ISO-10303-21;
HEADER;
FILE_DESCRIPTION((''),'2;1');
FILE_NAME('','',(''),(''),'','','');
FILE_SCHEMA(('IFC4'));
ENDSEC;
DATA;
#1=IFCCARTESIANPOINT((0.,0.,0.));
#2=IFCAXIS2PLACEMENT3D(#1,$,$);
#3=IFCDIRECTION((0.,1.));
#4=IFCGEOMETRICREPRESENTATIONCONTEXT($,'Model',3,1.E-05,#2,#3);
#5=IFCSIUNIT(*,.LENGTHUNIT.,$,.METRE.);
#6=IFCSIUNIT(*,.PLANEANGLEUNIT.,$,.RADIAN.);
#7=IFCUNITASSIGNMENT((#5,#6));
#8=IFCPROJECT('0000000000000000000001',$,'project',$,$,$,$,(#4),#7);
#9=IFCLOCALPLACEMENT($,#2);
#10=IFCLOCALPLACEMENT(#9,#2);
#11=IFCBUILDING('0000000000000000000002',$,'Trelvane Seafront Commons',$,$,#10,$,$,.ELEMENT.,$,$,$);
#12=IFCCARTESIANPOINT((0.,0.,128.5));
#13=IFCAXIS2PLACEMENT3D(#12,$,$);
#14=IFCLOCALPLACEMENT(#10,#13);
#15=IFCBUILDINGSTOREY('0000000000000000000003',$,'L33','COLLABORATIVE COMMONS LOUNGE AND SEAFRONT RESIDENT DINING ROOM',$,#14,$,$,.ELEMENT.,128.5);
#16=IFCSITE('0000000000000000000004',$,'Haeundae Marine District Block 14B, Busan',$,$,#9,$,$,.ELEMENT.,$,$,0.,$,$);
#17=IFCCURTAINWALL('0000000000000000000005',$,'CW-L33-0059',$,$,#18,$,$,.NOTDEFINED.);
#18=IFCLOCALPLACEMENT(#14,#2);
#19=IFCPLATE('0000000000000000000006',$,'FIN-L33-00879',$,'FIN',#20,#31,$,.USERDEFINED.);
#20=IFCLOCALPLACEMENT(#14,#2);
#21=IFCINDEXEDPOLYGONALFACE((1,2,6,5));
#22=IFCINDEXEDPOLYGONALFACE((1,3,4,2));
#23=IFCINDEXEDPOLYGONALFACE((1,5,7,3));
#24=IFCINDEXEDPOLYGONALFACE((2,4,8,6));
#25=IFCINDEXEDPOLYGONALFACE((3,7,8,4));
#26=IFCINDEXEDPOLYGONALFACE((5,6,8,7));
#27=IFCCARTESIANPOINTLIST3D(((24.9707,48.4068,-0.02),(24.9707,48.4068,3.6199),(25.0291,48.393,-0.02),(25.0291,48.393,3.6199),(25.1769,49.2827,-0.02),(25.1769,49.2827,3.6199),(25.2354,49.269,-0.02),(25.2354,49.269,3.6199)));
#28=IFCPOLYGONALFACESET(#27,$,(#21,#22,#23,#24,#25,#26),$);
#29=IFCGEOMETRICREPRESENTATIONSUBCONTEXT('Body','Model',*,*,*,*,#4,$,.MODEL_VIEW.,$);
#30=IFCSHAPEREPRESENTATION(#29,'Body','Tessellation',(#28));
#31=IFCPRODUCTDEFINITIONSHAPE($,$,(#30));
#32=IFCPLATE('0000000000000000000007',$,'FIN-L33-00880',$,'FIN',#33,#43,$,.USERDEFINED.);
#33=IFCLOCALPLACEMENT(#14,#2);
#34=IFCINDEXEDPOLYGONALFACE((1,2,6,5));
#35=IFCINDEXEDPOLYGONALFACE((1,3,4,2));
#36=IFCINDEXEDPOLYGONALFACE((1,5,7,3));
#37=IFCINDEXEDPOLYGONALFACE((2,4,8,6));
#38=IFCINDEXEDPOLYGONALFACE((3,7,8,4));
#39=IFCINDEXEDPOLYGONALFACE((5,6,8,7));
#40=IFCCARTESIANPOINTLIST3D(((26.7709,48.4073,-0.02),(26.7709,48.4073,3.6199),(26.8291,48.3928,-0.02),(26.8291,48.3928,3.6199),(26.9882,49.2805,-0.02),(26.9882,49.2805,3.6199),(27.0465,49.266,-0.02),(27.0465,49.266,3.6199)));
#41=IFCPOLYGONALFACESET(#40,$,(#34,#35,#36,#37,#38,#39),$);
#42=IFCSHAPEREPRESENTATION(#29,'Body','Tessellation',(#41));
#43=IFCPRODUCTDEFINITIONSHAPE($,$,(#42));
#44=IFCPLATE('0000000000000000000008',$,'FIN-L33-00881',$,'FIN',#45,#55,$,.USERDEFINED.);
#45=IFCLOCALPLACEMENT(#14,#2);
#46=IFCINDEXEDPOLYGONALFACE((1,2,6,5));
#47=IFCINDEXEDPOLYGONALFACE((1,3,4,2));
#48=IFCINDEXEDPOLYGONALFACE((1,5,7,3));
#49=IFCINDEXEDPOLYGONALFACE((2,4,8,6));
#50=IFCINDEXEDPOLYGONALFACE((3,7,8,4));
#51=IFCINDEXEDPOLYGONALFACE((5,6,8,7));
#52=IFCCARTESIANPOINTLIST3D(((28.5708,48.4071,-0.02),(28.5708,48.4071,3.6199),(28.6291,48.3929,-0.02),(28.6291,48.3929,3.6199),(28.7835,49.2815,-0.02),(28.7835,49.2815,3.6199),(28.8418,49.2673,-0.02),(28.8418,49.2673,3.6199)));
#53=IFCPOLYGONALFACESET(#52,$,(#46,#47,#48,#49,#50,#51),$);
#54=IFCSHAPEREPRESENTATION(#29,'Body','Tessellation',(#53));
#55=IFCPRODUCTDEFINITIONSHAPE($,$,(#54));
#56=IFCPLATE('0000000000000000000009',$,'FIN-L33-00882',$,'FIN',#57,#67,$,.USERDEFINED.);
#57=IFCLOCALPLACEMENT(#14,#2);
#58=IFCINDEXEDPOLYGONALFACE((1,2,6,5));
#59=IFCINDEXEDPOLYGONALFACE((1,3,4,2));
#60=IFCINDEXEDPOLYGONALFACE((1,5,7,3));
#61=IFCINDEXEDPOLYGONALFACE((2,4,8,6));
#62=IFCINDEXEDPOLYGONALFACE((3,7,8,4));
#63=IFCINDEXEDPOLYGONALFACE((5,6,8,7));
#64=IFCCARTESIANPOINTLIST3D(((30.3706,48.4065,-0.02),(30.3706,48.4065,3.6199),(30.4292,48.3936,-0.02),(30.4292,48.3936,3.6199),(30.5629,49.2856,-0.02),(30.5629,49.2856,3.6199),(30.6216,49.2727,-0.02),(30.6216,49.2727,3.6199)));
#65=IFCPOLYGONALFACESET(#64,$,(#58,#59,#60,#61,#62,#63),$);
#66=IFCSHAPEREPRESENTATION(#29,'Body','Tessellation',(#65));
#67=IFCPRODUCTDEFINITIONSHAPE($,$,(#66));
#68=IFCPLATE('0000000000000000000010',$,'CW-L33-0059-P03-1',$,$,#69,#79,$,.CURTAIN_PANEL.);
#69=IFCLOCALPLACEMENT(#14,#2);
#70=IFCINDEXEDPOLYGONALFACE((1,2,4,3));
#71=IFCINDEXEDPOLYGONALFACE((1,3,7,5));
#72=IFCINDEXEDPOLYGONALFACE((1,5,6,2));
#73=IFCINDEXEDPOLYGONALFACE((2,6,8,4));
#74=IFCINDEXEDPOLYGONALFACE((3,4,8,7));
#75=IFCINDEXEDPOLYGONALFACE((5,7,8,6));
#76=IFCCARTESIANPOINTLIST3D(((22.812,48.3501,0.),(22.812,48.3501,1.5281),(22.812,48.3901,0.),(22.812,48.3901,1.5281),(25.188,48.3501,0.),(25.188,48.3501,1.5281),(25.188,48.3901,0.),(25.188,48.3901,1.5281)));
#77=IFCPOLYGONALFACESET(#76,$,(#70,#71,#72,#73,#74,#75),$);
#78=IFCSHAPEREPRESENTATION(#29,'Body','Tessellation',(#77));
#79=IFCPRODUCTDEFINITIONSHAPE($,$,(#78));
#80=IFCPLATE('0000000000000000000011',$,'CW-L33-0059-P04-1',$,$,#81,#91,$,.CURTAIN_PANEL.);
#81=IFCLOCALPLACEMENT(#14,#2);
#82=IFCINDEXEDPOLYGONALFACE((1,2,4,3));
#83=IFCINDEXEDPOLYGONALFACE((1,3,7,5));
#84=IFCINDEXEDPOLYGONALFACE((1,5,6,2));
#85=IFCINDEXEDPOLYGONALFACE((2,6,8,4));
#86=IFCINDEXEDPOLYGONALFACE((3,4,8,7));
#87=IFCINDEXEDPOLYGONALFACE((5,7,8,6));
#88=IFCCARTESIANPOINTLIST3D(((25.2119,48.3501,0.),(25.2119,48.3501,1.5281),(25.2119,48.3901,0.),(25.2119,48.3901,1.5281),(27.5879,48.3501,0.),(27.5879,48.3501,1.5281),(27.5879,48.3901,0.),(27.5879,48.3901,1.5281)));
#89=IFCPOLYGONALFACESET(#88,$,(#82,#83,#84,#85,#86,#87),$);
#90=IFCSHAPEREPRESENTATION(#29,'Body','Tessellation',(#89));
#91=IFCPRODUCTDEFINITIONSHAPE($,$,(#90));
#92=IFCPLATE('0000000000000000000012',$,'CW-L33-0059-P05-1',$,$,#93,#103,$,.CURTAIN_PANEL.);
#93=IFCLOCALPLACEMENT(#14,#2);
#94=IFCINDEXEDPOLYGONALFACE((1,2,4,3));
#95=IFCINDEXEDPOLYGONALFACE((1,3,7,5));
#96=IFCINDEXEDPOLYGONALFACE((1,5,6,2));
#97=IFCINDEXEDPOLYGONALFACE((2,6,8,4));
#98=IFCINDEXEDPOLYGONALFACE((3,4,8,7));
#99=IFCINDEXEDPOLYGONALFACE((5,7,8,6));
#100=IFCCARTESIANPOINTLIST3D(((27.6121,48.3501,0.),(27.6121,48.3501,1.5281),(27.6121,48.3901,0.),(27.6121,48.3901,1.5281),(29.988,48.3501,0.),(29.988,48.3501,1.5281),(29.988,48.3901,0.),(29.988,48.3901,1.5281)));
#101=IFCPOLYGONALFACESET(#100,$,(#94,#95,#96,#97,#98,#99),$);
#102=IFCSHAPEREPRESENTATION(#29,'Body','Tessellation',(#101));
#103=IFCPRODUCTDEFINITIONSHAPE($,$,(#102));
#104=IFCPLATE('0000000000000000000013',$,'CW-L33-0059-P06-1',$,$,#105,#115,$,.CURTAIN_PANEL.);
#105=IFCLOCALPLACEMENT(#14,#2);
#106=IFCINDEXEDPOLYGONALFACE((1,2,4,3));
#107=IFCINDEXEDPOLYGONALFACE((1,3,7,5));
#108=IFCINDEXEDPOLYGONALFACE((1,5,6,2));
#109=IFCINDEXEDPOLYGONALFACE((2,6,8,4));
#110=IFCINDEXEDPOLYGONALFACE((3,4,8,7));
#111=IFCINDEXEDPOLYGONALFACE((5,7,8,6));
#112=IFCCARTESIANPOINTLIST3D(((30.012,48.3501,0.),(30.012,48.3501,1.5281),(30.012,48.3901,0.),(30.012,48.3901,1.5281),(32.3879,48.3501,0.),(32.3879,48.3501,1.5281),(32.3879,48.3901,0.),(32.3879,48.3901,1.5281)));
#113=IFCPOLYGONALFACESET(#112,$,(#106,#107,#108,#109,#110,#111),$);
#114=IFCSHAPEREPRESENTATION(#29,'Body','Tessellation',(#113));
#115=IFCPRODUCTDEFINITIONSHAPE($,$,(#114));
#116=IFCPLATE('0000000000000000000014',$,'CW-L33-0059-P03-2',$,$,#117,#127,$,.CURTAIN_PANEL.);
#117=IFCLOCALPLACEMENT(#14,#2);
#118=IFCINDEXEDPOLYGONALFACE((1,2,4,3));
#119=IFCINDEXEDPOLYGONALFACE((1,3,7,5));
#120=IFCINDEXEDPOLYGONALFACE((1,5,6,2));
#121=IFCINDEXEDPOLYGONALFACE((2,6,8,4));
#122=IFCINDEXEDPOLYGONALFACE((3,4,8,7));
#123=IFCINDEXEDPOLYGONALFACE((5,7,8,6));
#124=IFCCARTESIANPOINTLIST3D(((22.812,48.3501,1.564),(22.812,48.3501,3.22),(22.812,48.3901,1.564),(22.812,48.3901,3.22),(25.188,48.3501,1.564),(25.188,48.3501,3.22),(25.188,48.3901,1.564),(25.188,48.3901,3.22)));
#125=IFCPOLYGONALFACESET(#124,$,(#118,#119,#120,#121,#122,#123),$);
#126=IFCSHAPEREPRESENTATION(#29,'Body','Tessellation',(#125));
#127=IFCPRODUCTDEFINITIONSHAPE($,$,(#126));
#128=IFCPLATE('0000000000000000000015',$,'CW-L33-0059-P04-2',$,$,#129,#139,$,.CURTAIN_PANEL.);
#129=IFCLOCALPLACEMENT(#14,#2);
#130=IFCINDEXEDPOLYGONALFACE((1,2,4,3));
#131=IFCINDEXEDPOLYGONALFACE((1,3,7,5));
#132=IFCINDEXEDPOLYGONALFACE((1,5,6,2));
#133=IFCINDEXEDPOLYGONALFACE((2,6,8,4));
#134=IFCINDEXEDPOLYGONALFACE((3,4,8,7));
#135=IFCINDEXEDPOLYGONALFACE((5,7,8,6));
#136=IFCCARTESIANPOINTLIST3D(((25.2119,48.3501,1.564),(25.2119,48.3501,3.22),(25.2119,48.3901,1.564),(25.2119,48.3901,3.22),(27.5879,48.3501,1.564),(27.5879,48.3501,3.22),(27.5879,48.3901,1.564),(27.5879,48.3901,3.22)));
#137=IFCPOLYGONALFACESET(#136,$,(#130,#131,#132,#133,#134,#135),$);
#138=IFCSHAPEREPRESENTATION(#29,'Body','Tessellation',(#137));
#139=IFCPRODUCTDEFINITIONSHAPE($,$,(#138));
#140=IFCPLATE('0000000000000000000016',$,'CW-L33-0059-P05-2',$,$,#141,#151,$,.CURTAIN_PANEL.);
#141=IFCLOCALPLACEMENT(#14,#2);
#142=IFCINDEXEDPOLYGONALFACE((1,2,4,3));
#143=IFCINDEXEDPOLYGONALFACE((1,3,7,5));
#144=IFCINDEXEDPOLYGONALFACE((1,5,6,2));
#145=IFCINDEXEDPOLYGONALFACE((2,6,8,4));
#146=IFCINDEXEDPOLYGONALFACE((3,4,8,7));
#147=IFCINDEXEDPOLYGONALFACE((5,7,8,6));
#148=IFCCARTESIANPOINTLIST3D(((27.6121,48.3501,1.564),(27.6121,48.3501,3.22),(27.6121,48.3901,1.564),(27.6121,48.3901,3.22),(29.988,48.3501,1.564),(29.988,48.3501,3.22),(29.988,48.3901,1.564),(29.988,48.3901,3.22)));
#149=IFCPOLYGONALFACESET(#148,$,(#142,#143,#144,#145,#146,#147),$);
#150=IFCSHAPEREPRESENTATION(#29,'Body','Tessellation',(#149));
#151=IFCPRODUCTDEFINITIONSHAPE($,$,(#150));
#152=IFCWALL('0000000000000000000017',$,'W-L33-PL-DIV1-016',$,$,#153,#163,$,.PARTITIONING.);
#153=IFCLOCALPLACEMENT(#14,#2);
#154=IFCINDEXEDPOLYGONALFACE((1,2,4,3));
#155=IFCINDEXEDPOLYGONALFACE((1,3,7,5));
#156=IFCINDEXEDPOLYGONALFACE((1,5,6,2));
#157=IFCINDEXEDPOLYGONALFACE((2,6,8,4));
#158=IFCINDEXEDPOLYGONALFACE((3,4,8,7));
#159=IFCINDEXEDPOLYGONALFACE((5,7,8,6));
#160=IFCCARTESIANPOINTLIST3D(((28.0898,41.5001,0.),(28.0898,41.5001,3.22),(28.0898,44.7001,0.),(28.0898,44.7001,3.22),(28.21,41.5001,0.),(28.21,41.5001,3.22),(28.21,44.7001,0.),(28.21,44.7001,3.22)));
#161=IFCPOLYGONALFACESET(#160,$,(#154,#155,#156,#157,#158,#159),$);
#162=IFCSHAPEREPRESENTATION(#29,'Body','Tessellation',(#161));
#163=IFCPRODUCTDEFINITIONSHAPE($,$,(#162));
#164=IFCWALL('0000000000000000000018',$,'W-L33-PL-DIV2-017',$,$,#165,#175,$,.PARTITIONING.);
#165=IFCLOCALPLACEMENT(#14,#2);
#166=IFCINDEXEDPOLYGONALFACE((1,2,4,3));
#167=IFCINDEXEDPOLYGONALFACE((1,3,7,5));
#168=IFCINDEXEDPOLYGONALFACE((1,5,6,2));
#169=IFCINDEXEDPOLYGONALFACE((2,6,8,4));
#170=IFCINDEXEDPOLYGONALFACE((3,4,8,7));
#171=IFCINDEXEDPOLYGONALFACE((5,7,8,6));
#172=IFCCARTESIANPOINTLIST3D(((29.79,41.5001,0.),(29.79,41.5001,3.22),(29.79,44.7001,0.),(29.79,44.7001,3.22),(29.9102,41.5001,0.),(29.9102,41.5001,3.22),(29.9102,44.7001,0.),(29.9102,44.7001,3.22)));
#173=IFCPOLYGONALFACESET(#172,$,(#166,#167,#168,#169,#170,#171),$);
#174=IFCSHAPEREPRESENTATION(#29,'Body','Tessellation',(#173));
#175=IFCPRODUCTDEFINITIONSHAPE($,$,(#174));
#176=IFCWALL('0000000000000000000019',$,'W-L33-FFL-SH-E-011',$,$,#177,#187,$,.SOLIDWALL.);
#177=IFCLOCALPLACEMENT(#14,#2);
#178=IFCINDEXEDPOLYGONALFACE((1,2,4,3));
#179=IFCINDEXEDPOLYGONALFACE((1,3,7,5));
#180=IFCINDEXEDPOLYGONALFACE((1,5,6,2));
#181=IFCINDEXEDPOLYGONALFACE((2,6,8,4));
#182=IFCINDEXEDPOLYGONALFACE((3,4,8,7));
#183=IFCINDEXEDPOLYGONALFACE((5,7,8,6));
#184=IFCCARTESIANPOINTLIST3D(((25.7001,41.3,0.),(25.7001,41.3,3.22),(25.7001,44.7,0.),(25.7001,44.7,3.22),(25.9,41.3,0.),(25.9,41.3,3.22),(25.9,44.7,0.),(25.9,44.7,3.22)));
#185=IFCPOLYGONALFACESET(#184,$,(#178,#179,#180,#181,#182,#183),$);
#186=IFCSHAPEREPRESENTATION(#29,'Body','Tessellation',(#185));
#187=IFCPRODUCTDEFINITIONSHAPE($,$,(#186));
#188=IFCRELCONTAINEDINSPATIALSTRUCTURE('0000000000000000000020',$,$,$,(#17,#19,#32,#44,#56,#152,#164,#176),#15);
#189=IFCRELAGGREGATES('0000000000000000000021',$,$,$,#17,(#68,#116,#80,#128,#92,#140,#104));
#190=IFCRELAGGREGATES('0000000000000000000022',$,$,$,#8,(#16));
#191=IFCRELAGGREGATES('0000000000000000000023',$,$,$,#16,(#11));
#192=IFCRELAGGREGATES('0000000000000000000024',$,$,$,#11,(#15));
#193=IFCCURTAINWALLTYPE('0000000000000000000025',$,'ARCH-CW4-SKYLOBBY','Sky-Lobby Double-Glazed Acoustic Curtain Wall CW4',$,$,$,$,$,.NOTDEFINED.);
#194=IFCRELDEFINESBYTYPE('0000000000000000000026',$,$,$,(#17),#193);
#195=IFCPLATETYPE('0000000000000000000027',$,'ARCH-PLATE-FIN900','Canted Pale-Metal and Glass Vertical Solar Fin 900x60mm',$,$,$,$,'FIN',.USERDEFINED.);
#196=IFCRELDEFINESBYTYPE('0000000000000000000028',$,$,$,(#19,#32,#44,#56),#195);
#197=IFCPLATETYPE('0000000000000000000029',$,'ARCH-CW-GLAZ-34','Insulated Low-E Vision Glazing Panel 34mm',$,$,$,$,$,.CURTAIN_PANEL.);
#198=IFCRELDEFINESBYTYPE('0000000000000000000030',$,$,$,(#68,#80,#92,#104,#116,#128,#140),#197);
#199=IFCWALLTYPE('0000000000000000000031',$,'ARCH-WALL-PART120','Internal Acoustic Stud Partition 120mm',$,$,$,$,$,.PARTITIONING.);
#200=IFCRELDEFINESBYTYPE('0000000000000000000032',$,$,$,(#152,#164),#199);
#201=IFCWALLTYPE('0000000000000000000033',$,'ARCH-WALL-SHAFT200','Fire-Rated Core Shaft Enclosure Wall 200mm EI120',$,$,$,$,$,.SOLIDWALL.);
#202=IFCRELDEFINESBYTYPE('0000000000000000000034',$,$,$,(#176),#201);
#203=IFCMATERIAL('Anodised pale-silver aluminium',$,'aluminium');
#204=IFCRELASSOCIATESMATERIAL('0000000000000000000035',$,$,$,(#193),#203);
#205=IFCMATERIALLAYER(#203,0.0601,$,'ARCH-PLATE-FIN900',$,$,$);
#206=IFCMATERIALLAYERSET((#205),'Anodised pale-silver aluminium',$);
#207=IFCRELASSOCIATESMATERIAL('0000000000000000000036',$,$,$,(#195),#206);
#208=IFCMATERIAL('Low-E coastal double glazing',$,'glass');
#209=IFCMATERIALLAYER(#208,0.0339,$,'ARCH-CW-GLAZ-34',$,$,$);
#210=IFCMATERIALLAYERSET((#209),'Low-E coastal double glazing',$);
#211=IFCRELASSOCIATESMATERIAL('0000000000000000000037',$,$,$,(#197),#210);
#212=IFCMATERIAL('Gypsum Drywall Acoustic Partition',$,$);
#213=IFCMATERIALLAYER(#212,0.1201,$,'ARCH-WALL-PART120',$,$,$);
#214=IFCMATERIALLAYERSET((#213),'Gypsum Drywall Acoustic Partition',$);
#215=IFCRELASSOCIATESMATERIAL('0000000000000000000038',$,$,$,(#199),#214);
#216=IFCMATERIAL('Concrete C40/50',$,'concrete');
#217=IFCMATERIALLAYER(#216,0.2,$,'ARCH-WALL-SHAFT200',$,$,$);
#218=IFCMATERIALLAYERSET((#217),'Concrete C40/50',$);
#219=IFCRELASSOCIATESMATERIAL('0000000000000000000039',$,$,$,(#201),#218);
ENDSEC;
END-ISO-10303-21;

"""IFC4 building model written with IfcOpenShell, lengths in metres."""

from ifc_helpers import new_model, si_unit, direction, frame, frame_2d, origin, origin_2d, place, context, subcontext, project, spatial, rectangle, extrude, source, transform, mapped, material, layer, layer_set, type_object, element, aggregate, save


model = new_model("IFC4")

# Units and contexts
model_context = context("Model", 3, precision=1e-05, world=origin(), true_north=direction((0.0, 1.0)))
body_context = subcontext(model_context, "Body", "Model", "MODEL_VIEW")
ifc_project = project(units=[si_unit("LENGTHUNIT", "METRE"), si_unit("PLANEANGLEUNIT", "RADIAN")], contexts=[model_context])

# Site, building, storey
site_placement = place(None, origin())
site = spatial("IfcSite", under=ifc_project, at=site_placement, Name="Haeundae Marine District Block 14B, Busan", CompositionType="ELEMENT", RefElevation=0.0)
building_placement = place(site_placement, origin())
building = spatial("IfcBuilding", under=site, at=building_placement, Name="Trelvane Seafront Commons", CompositionType="ELEMENT")
storey_placement = place(building_placement, frame((0.0, 0.0, 128.5)))
storey = spatial("IfcBuildingStorey", under=building, at=storey_placement, Name="L33", Description="COLLABORATIVE COMMONS LOUNGE AND SEAFRONT RESIDENT DINING ROOM", CompositionType="ELEMENT", Elevation=128.5)

# Curtain wall
ifc_material_1 = material(Name="Anodised pale-silver aluminium", Category="aluminium")
curtain_wall_type = type_object("IfcCurtainWallType", Name="ARCH-CW4-SKYLOBBY", Description="Sky-Lobby Double-Glazed Acoustic Curtain Wall CW4", PredefinedType="NOTDEFINED", material=ifc_material_1)
curtain_wall_placement = place(storey_placement, origin())
curtain_wall = element("IfcCurtainWall", 1, at=curtain_wall_placement, inside=storey, type_object=curtain_wall_type, Name="CW-L33-0059", PredefinedType="NOTDEFINED")

# Plates
ifc_layer_1 = layer(ifc_material_1, 0.0601, Name="ARCH-PLATE-FIN900")
ifc_layer_set_1 = layer_set([ifc_layer_1], Name="Anodised pale-silver aluminium")
plate_type_1 = type_object("IfcPlateType", Name="ARCH-PLATE-FIN900", Description="Canted Pale-Metal and Glass Vertical Solar Fin 900x60mm", ElementType="FIN", PredefinedType="USERDEFINED", material=ifc_layer_set_1)
shared_shape_1 = source(origin(), body_context, "Body", "SweptSolid", [
    extrude(rectangle(XDim=0.8999, YDim=0.0601, at=origin_2d()), origin(), (0.0, 0.0, 1.0), 3.6399),
])
for number, where, z_axis, x_axis, name in (
    (2, (25.103, 48.8379, -0.02), (0.0, 0.0, 1.0), (0.229231, 0.973372, 0.0), "FIN-L33-00879"),
    (3, (26.9087, 48.8367, -0.02), (0.0, 0.0, 1.0), (0.241568, 0.970384, 0.0), "FIN-L33-00880"),
    (4, (28.7063, 48.8372, -0.02), (0.0, 0.0, 1.0), (0.236334, 0.971672, 0.0), "FIN-L33-00881"),
    (5, (30.4961, 48.8396, -0.02), (0.0, 0.0, 1.0), (0.213777, 0.976882, 0.0), "FIN-L33-00882"),
):
    element("IfcPlate", number, at=place(storey_placement, frame(where, z_axis=z_axis, x_axis=x_axis)), inside=storey, type_object=plate_type_1, Name=name, ObjectType="FIN", PredefinedType="USERDEFINED", context=body_context, shape_type="MappedRepresentation", body=[
        mapped(shared_shape_1, transform((0.0, 0.0, 0.0), x_axis=(1.0, 0.0, 0.0), y_axis=(0.0, 1.0, 0.0), z_axis=(0.0, 0.0, 1.0), scale=1.0)),
    ])

# Plates
ifc_material_2 = material(Name="Low-E coastal double glazing", Category="glass")
ifc_layer_2 = layer(ifc_material_2, 0.0339, Name="ARCH-CW-GLAZ-34")
ifc_layer_set_2 = layer_set([ifc_layer_2], Name="Low-E coastal double glazing")
plate_type_2 = type_object("IfcPlateType", Name="ARCH-CW-GLAZ-34", Description="Insulated Low-E Vision Glazing Panel 34mm", PredefinedType="CURTAIN_PANEL", material=ifc_layer_set_2)
shared_shape_2 = source(origin(), body_context, "Body", "SweptSolid", [
    extrude(rectangle(XDim=2.376, YDim=0.04, at=origin_2d()), origin(), (0.0, 0.0, 1.0), 1.5281),
])
plate_1_placement = place(storey_placement, frame((24.0, 48.3701, 0.0), z_axis=(0.0, 0.0, 1.0), x_axis=(1.0, 0.0, 0.0)))
plate_1 = element("IfcPlate", 6, at=plate_1_placement, type_object=plate_type_2, Name="CW-L33-0059-P03-1", PredefinedType="CURTAIN_PANEL", context=body_context, shape_type="MappedRepresentation", body=[
    mapped(shared_shape_2, transform((0.0, 0.0, 0.0), x_axis=(1.0, 0.0, 0.0), y_axis=(0.0, 1.0, 0.0), z_axis=(0.0, 0.0, 1.0), scale=1.0)),
])
plate_2_placement = place(storey_placement, frame((26.3999, 48.3701, 0.0), z_axis=(0.0, 0.0, 1.0), x_axis=(1.0, 0.0, 0.0)))
plate_2 = element("IfcPlate", 7, at=plate_2_placement, type_object=plate_type_2, Name="CW-L33-0059-P04-1", PredefinedType="CURTAIN_PANEL", context=body_context, shape_type="MappedRepresentation", body=[
    mapped(shared_shape_2, transform((0.0, 0.0, 0.0), x_axis=(1.0, 0.0, 0.0), y_axis=(0.0, 1.0, 0.0), z_axis=(0.0, 0.0, 1.0), scale=1.0)),
])
plate_3_placement = place(storey_placement, frame((28.8, 48.3701, 0.0), z_axis=(0.0, 0.0, 1.0), x_axis=(1.0, 0.0, 0.0)))
plate_3 = element("IfcPlate", 8, at=plate_3_placement, type_object=plate_type_2, Name="CW-L33-0059-P05-1", PredefinedType="CURTAIN_PANEL", context=body_context, shape_type="MappedRepresentation", body=[
    mapped(shared_shape_2, transform((0.0, 0.0, 0.0), x_axis=(1.0, 0.0, 0.0), y_axis=(0.0, 1.0, 0.0), z_axis=(0.0, 0.0, 1.0), scale=1.0)),
])
plate_4_placement = place(storey_placement, frame((31.2, 48.3701, 0.0), z_axis=(0.0, 0.0, 1.0), x_axis=(1.0, 0.0, 0.0)))
plate_4 = element("IfcPlate", 9, at=plate_4_placement, type_object=plate_type_2, Name="CW-L33-0059-P06-1", PredefinedType="CURTAIN_PANEL", context=body_context, shape_type="MappedRepresentation", body=[
    mapped(shared_shape_2, transform((0.0, 0.0, 0.0), x_axis=(1.0, 0.0, 0.0), y_axis=(0.0, 1.0, 0.0), z_axis=(0.0, 0.0, 1.0), scale=1.0)),
])
shared_shape_3 = source(origin(), body_context, "Body", "SweptSolid", [
    extrude(rectangle(XDim=2.376, YDim=0.04, at=origin_2d()), origin(), (0.0, 0.0, 1.0), 1.656),
])
plate_5_placement = place(storey_placement, frame((24.0, 48.3701, 1.564), z_axis=(0.0, 0.0, 1.0), x_axis=(1.0, 0.0, 0.0)))
plate_5 = element("IfcPlate", 10, at=plate_5_placement, type_object=plate_type_2, Name="CW-L33-0059-P03-2", PredefinedType="CURTAIN_PANEL", context=body_context, shape_type="MappedRepresentation", body=[
    mapped(shared_shape_3, transform((0.0, 0.0, 0.0), x_axis=(1.0, 0.0, 0.0), y_axis=(0.0, 1.0, 0.0), z_axis=(0.0, 0.0, 1.0), scale=1.0)),
])
plate_6_placement = place(storey_placement, frame((26.3999, 48.3701, 1.564), z_axis=(0.0, 0.0, 1.0), x_axis=(1.0, 0.0, 0.0)))
plate_6 = element("IfcPlate", 11, at=plate_6_placement, type_object=plate_type_2, Name="CW-L33-0059-P04-2", PredefinedType="CURTAIN_PANEL", context=body_context, shape_type="MappedRepresentation", body=[
    mapped(shared_shape_3, transform((0.0, 0.0, 0.0), x_axis=(1.0, 0.0, 0.0), y_axis=(0.0, 1.0, 0.0), z_axis=(0.0, 0.0, 1.0), scale=1.0)),
])
plate_7_placement = place(storey_placement, frame((28.8, 48.3701, 1.564), z_axis=(0.0, 0.0, 1.0), x_axis=(1.0, 0.0, 0.0)))
plate_7 = element("IfcPlate", 12, at=plate_7_placement, type_object=plate_type_2, Name="CW-L33-0059-P05-2", PredefinedType="CURTAIN_PANEL", context=body_context, shape_type="MappedRepresentation", body=[
    mapped(shared_shape_3, transform((0.0, 0.0, 0.0), x_axis=(1.0, 0.0, 0.0), y_axis=(0.0, 1.0, 0.0), z_axis=(0.0, 0.0, 1.0), scale=1.0)),
])
aggregate(curtain_wall, [plate_1, plate_5, plate_2, plate_6, plate_3, plate_7, plate_4])

# Walls
ifc_material_3 = material(Name="Gypsum Drywall Acoustic Partition")
ifc_layer_3 = layer(ifc_material_3, 0.1201, Name="ARCH-WALL-PART120")
ifc_layer_set_3 = layer_set([ifc_layer_3], Name="Gypsum Drywall Acoustic Partition")
wall_type_1 = type_object("IfcWallType", Name="ARCH-WALL-PART120", Description="Internal Acoustic Stud Partition 120mm", PredefinedType="PARTITIONING", material=ifc_layer_set_3)
for number, where, z_axis, x_axis, name in (
    (13, (28.1499, 41.5, 0.0), (0.0, 0.0, 1.0), (0.0, 1.0, 0.0), "W-L33-PL-DIV1-016"),
    (14, (29.8501, 41.5, 0.0), (0.0, 0.0, 1.0), (0.0, 1.0, 0.0), "W-L33-PL-DIV2-017"),
):
    element("IfcWall", number, at=place(storey_placement, frame(where, z_axis=z_axis, x_axis=x_axis)), inside=storey, type_object=wall_type_1, Name=name, PredefinedType="PARTITIONING", context=body_context, shape_type="SweptSolid", body=[
        extrude(rectangle(XDim=3.2, YDim=0.1201, at=frame_2d((1.6001, 0.0))), origin(), (0.0, 0.0, 1.0), 3.22),
    ])
ifc_material_4 = material(Name="Concrete C40/50", Category="concrete")
ifc_layer_4 = layer(ifc_material_4, 0.2, Name="ARCH-WALL-SHAFT200")
ifc_layer_set_4 = layer_set([ifc_layer_4], Name="Concrete C40/50")
wall_type_2 = type_object("IfcWallType", Name="ARCH-WALL-SHAFT200", Description="Fire-Rated Core Shaft Enclosure Wall 200mm EI120", PredefinedType="SOLIDWALL", material=ifc_layer_set_4)
wall_1_placement = place(storey_placement, frame((25.8, 41.3, 0.0), z_axis=(0.0, 0.0, 1.0), x_axis=(0.0, 1.0, 0.0)))
element("IfcWall", 15, at=wall_1_placement, inside=storey, type_object=wall_type_2, Name="W-L33-FFL-SH-E-011", PredefinedType="SOLIDWALL", context=body_context, shape_type="SweptSolid", body=[
    extrude(rectangle(XDim=3.3999, YDim=0.2, at=frame_2d((1.7, 0.0))), origin(), (0.0, 0.0, 1.0), 3.22),
])

save(model, "model.ifc")
